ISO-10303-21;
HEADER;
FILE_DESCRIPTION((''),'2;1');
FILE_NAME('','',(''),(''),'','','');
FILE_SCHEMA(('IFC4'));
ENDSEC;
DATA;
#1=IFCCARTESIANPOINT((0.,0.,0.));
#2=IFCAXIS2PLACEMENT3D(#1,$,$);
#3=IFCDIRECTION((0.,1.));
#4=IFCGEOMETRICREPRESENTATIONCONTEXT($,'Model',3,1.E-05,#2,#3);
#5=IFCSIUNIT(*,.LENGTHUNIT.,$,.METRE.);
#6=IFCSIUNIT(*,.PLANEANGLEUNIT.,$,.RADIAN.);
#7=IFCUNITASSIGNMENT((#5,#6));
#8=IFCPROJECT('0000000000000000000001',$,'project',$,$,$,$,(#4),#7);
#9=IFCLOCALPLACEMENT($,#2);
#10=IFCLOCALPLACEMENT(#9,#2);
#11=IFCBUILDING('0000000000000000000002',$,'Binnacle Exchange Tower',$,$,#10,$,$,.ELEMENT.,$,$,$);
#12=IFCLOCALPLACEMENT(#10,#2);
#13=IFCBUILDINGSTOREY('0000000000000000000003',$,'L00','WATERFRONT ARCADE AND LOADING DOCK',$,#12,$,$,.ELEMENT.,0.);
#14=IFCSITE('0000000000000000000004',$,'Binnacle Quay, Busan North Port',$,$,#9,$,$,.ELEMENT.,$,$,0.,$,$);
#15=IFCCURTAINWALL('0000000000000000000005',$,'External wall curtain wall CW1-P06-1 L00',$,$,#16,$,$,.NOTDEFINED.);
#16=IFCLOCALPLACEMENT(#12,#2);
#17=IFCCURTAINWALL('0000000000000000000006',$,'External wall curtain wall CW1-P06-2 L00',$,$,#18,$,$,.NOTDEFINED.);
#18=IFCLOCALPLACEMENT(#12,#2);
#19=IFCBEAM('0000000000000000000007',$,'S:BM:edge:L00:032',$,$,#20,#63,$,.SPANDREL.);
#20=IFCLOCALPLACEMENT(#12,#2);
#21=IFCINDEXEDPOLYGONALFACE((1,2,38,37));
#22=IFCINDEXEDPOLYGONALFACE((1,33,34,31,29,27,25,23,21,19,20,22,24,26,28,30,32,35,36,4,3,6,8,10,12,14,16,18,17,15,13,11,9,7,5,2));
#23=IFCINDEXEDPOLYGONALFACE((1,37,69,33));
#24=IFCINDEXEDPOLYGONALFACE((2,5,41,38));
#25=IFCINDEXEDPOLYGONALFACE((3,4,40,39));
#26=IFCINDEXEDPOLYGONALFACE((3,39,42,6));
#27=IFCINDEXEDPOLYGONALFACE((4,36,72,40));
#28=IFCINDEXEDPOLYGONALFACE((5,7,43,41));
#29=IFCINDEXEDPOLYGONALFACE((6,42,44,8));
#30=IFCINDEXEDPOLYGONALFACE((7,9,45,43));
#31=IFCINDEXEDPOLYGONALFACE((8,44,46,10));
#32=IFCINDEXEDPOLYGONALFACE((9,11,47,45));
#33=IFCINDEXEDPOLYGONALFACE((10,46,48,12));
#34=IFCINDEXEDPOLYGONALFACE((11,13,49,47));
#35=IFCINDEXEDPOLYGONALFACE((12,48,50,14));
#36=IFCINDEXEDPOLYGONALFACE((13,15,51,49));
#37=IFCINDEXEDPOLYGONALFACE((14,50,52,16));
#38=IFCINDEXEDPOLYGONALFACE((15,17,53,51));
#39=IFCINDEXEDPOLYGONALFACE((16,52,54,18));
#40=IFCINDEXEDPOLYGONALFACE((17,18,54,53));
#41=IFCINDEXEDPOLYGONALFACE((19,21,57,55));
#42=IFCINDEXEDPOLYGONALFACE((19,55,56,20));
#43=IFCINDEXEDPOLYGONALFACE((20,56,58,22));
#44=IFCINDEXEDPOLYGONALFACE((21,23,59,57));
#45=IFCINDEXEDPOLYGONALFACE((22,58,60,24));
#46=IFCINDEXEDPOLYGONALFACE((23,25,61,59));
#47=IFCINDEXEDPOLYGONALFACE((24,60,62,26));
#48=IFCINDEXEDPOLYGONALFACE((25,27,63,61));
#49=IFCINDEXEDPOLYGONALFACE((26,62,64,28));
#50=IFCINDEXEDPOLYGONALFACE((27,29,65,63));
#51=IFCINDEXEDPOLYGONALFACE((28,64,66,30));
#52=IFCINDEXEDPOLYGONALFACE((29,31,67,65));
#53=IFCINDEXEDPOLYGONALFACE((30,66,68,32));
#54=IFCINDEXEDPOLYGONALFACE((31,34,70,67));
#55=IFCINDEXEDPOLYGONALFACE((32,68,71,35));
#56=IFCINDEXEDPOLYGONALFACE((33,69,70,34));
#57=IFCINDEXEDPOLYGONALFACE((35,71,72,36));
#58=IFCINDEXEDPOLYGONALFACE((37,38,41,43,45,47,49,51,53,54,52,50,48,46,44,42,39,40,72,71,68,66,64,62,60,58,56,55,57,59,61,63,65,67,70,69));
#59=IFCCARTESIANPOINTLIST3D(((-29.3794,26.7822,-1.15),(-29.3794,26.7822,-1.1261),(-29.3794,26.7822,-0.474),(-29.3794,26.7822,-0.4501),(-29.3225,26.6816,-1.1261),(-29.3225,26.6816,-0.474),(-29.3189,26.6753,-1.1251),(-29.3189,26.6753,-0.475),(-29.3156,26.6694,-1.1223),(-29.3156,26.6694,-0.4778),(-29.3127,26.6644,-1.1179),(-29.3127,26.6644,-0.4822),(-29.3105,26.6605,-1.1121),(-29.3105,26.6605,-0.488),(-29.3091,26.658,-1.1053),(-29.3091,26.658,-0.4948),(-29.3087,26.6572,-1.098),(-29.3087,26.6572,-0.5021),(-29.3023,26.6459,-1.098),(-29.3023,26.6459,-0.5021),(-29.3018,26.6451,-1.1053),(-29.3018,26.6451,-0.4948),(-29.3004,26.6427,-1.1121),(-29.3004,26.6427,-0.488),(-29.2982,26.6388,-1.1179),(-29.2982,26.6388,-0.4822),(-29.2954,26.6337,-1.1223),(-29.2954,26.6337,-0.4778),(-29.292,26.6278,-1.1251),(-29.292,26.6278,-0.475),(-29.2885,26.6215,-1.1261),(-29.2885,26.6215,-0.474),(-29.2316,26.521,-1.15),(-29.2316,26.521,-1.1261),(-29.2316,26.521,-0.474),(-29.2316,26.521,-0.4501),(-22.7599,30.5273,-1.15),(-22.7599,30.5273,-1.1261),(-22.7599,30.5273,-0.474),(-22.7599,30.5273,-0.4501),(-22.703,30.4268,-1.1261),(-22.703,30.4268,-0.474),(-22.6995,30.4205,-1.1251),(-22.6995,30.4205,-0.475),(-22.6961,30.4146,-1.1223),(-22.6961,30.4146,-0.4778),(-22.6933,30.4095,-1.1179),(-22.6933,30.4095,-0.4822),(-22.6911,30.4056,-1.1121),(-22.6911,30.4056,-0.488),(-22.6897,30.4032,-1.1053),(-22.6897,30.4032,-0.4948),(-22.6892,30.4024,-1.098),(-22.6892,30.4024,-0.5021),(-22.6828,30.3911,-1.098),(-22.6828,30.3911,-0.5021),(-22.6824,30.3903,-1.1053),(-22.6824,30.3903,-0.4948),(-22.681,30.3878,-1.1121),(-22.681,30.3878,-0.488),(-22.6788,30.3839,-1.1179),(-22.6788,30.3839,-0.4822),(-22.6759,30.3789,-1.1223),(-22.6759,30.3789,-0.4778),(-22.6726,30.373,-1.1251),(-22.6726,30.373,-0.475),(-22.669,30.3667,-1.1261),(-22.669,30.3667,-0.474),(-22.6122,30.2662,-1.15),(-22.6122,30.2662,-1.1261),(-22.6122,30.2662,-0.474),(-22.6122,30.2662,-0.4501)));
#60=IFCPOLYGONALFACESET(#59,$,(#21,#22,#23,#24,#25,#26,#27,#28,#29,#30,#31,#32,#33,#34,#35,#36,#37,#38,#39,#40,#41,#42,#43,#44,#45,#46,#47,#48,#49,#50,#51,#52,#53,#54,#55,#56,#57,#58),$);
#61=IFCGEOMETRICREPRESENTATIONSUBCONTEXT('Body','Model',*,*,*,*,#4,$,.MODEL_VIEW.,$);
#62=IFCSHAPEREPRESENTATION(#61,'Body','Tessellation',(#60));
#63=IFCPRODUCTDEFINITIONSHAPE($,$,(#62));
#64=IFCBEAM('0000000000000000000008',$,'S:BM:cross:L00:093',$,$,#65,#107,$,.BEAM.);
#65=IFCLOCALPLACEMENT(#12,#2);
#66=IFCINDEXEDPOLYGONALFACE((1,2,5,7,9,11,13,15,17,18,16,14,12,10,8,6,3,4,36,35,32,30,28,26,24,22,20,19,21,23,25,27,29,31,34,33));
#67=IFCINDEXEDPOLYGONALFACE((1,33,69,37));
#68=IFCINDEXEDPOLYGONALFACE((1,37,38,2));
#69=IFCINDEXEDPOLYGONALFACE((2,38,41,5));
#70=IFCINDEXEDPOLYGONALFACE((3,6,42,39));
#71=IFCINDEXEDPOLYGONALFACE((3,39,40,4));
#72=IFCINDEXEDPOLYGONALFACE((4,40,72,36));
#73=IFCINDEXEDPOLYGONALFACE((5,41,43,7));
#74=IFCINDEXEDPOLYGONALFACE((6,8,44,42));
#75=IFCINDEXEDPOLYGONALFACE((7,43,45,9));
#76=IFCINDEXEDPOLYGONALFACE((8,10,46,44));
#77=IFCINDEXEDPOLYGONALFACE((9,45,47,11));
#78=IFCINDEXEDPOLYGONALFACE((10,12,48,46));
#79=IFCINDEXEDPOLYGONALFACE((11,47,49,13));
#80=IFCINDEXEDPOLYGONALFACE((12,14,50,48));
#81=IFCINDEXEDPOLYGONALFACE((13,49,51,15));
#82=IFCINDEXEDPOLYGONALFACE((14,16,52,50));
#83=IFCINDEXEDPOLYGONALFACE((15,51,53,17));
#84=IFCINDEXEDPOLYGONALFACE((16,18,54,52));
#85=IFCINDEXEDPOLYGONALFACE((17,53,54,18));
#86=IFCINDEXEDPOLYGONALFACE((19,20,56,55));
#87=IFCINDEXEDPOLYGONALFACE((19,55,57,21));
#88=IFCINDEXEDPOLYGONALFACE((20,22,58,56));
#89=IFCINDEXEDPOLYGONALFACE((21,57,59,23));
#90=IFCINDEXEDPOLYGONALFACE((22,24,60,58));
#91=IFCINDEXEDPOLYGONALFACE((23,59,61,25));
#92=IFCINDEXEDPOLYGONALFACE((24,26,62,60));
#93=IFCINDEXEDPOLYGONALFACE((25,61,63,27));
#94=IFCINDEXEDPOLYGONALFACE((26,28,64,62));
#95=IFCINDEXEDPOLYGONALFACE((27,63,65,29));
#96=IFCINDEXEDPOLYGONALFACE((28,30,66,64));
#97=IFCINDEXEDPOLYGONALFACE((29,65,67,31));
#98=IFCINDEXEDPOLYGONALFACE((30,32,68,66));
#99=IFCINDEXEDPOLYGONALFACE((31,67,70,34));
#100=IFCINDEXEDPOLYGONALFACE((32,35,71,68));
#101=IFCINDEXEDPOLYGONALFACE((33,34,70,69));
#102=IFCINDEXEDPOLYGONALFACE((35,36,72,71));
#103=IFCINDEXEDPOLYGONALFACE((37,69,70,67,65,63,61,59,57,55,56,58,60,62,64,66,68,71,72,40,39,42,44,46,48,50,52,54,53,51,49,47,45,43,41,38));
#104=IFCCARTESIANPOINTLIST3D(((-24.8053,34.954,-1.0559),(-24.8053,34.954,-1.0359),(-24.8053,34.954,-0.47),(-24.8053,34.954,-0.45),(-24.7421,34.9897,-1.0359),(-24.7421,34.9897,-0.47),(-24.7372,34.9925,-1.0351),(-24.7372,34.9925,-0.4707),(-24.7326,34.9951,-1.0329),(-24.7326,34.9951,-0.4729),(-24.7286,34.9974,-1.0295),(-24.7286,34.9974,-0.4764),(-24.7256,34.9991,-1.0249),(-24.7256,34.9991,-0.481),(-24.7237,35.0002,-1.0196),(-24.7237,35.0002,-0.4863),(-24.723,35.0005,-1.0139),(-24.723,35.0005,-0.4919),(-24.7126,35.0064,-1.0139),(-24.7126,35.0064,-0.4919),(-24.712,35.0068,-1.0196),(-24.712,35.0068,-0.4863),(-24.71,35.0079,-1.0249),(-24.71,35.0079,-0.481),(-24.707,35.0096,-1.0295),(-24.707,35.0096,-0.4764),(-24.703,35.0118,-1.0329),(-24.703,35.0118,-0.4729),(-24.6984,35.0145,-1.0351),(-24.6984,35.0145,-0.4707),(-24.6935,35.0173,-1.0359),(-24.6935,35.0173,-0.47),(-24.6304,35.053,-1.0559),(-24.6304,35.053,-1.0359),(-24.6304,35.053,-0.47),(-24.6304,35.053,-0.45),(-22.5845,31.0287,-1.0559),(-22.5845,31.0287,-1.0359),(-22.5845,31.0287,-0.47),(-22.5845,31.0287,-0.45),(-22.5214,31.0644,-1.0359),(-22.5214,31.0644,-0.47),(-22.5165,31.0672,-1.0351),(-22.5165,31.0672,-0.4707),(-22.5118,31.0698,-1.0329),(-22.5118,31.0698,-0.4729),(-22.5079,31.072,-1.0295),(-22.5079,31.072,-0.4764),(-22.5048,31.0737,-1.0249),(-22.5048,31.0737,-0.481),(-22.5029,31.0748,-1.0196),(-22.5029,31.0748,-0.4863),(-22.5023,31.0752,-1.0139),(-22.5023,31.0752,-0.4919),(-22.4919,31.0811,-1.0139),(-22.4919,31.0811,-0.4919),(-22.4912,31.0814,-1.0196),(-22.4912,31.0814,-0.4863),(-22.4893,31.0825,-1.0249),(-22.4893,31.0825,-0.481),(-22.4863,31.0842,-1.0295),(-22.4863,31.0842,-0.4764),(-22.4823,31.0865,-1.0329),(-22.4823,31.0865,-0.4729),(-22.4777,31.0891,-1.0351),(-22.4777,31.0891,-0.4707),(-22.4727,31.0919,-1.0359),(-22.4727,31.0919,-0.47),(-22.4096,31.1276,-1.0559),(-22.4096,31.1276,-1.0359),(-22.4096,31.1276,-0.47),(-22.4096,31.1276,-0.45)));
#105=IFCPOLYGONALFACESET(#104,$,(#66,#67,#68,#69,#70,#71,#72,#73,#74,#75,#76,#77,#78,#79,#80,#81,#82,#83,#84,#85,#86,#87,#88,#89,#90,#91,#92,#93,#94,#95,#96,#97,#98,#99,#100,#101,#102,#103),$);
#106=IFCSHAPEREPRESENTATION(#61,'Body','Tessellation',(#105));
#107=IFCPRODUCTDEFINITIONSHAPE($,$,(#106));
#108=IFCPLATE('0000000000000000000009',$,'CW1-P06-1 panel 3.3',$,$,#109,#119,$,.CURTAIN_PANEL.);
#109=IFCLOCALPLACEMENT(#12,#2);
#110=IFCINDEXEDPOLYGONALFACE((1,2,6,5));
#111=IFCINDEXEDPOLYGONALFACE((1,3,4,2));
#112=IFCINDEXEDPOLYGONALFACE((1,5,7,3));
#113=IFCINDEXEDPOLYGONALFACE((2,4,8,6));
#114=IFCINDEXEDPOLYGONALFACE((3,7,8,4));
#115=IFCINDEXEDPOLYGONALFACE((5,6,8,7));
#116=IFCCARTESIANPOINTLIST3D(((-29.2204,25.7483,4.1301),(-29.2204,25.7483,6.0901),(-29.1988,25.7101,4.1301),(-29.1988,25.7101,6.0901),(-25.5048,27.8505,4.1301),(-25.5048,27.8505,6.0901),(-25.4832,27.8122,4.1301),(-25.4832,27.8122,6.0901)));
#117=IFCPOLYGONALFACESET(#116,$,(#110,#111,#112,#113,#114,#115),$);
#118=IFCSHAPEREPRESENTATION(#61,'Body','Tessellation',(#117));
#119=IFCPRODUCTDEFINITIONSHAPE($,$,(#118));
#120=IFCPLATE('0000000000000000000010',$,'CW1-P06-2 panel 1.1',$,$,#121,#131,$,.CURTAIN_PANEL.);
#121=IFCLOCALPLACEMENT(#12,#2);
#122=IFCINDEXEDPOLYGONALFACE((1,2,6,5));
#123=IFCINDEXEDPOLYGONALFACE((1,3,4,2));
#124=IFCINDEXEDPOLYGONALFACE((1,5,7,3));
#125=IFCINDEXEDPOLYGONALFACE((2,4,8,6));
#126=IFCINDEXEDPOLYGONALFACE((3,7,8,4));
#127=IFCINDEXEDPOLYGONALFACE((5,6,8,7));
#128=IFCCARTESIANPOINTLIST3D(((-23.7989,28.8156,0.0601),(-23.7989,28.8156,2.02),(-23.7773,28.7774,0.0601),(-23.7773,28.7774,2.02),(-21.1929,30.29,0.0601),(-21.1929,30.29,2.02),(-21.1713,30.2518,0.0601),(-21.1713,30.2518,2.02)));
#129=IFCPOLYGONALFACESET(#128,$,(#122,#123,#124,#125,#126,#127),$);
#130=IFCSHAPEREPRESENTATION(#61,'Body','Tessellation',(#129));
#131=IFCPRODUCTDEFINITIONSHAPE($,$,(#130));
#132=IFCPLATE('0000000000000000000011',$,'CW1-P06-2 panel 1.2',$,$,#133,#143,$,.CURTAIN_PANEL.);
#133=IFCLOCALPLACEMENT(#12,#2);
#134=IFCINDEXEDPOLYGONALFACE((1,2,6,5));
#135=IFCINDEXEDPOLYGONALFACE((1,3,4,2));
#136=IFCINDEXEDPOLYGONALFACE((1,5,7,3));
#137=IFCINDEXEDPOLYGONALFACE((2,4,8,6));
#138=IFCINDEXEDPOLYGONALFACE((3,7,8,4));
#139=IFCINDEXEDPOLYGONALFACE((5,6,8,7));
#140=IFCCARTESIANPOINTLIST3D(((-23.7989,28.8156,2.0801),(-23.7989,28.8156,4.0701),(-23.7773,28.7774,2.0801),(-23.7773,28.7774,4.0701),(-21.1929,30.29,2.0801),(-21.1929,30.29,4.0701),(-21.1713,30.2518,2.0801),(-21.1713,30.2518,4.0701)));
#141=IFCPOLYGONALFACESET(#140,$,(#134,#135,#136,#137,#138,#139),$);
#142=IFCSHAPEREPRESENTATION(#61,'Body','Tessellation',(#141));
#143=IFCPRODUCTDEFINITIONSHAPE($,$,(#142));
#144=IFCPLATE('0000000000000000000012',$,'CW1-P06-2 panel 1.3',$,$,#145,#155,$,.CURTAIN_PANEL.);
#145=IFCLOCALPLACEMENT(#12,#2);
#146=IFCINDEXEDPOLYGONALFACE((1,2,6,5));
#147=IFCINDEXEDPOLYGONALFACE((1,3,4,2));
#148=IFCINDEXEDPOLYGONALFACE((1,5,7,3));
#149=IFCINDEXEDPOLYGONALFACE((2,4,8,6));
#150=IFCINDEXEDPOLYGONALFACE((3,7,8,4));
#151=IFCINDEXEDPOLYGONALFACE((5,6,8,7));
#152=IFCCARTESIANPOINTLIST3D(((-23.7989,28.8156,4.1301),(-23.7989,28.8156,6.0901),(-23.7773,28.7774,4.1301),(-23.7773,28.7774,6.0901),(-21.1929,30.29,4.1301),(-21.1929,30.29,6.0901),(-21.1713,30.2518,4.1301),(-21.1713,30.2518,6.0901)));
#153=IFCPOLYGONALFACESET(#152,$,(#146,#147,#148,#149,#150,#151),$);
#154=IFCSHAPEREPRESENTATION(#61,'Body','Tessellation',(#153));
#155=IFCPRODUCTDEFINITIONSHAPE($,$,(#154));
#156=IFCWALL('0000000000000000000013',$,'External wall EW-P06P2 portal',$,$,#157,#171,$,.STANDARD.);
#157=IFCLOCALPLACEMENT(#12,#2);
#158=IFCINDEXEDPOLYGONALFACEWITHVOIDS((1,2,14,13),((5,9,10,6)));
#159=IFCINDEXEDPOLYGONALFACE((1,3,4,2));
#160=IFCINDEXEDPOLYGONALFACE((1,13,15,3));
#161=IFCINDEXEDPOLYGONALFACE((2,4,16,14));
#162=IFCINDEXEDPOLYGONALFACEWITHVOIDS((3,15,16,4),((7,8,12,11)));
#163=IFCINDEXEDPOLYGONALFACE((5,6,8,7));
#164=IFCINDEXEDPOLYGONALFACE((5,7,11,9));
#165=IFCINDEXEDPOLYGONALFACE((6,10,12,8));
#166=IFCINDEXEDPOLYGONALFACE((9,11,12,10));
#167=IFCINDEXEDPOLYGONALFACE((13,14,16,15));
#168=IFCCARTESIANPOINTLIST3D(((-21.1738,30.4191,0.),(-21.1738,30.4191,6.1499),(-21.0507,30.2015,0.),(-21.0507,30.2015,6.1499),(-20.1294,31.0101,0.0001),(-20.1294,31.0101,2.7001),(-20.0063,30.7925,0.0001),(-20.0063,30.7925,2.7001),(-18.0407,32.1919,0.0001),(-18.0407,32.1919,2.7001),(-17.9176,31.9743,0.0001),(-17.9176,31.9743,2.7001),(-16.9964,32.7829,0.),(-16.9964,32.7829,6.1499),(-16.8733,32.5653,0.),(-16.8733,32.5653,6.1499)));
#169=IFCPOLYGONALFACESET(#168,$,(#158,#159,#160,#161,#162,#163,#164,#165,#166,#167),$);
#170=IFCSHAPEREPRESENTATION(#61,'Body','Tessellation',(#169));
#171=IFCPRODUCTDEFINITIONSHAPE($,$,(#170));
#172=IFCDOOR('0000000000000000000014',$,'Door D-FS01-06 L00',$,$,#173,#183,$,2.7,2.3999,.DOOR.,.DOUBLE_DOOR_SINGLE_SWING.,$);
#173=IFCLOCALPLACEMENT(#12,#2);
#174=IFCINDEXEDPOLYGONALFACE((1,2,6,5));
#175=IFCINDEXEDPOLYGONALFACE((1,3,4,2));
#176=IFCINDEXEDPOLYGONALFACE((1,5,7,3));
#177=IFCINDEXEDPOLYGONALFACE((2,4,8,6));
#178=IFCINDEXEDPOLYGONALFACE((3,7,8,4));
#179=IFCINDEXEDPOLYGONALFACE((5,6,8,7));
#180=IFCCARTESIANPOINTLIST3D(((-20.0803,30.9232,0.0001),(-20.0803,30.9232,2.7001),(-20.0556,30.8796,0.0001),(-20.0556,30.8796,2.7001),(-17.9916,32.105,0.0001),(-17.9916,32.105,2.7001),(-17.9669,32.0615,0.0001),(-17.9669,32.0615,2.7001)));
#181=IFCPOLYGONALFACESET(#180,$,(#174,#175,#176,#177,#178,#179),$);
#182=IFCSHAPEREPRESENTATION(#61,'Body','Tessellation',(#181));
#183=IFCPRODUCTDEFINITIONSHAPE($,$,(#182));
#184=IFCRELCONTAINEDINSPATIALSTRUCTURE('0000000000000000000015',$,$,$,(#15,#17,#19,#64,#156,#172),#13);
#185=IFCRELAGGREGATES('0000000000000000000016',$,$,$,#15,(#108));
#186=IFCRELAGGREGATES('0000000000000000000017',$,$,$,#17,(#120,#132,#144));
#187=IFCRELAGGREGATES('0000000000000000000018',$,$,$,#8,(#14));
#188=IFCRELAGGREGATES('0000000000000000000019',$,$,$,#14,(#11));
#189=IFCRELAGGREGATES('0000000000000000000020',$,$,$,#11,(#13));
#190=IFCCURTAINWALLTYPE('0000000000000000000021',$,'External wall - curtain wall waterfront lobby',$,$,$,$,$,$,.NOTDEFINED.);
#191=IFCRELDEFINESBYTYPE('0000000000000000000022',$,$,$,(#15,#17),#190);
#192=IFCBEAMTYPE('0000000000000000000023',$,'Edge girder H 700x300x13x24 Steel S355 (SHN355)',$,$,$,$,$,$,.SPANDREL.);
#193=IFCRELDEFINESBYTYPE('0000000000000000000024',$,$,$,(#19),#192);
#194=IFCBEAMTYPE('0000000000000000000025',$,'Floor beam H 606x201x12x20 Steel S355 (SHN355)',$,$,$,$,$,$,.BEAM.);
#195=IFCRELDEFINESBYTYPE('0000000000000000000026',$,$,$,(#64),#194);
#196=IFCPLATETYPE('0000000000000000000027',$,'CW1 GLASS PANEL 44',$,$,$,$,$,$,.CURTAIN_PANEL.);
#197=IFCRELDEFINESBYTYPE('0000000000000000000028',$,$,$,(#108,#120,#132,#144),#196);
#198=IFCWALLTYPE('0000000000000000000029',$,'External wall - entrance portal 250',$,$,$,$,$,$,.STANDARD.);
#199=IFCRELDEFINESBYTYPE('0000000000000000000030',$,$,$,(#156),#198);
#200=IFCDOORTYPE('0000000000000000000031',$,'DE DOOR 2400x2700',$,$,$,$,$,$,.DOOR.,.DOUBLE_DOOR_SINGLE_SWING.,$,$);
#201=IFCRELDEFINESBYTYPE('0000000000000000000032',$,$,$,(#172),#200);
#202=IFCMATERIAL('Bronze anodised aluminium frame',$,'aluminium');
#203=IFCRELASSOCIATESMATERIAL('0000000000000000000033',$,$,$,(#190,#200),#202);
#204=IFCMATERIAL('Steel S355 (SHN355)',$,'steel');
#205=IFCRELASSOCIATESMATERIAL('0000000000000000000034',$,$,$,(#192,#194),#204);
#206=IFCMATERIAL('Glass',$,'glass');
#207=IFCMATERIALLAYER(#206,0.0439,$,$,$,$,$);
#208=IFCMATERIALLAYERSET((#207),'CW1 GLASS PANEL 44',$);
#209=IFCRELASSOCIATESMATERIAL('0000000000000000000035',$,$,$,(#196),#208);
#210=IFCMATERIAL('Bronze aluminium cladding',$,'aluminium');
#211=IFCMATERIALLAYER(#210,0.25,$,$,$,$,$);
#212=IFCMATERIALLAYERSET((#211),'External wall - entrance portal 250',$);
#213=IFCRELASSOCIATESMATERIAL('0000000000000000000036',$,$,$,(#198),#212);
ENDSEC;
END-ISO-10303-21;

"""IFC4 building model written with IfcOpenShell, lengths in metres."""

from ifc_helpers import new_model, si_unit, direction, frame, frame_2d, origin, origin_2d, place, context, subcontext, project, spatial, rectangle, i_section, extrude, material, layer, layer_set, material_profile, profile_set, type_object, element, fill, aggregate, save


model = new_model("IFC4")

# Units and contexts
model_context = context("Model", 3, precision=1e-05, world=origin(), true_north=direction((0.0, 1.0)))
body_context = subcontext(model_context, "Body", "Model", "MODEL_VIEW")
ifc_project = project(units=[si_unit("LENGTHUNIT", "METRE"), si_unit("PLANEANGLEUNIT", "RADIAN")], contexts=[model_context])

# Site, building, storey
site_placement = place(None, origin())
site = spatial("IfcSite", under=ifc_project, at=site_placement, Name="Binnacle Quay, Busan North Port", CompositionType="ELEMENT", RefElevation=0.0)
building_placement = place(site_placement, origin())
building = spatial("IfcBuilding", under=site, at=building_placement, Name="Binnacle Exchange Tower", CompositionType="ELEMENT")
storey_placement = place(building_placement, origin())
storey = spatial("IfcBuildingStorey", under=building, at=storey_placement, Name="L00", Description="WATERFRONT ARCADE AND LOADING DOCK", CompositionType="ELEMENT", Elevation=0.0)

# Curtain wall
ifc_material_1 = material(Name="Bronze anodised aluminium frame", Category="aluminium")
curtain_wall_type = type_object("IfcCurtainWallType", Name="External wall - curtain wall waterfront lobby", PredefinedType="NOTDEFINED", material=ifc_material_1)
curtain_wall_1_placement = place(storey_placement, origin())
curtain_wall_1 = element("IfcCurtainWall", 1, at=curtain_wall_1_placement, inside=storey, type_object=curtain_wall_type, Name="External wall curtain wall CW1-P06-1 L00", PredefinedType="NOTDEFINED")

# Curtain wall
curtain_wall_2_placement = place(storey_placement, origin())
curtain_wall_2 = element("IfcCurtainWall", 2, at=curtain_wall_2_placement, inside=storey, type_object=curtain_wall_type, Name="External wall curtain wall CW1-P06-2 L00", PredefinedType="NOTDEFINED")

# Beams
ifc_material_2 = material(Name="Steel S355 (SHN355)", Category="steel")
ifc_material_profile_1 = material_profile(ifc_material_2, i_section(OverallWidth=0.3, OverallDepth=0.7, WebThickness=0.0129, FlangeThickness=0.0239, FilletRadius=0.0281, at=origin_2d()), Name="H 700x300x13x24")
ifc_profile_set_1 = profile_set([ifc_material_profile_1], Name="Steel S355 (SHN355)")
beam_type_1 = type_object("IfcBeamType", Name="Edge girder H 700x300x13x24 Steel S355 (SHN355)", PredefinedType="SPANDREL", material=ifc_profile_set_1)
beam_1_placement = place(storey_placement, frame((-22.686, 30.3967, -0.8), z_axis=(-0.870353, -0.492428, 0.0), x_axis=(0.492428, -0.870353, 0.0)))
element("IfcBeam", 3, at=beam_1_placement, inside=storey, type_object=beam_type_1, Name="S:BM:edge:L00:032", PredefinedType="SPANDREL", context=body_context, shape_type="SweptSolid", body=[
    extrude(i_section(OverallWidth=0.3, OverallDepth=0.7, WebThickness=0.0129, FlangeThickness=0.0239, FilletRadius=0.0281, at=origin_2d()), origin(), (0.0, 0.0, 1.0), 7.6055),
])
ifc_material_profile_2 = material_profile(ifc_material_2, i_section(OverallWidth=0.2009, OverallDepth=0.606, WebThickness=0.012, FlangeThickness=0.02, FilletRadius=0.022, at=origin_2d()), Name="H 606x201x12x20")
ifc_profile_set_2 = profile_set([ifc_material_profile_2], Name="Steel S355 (SHN355)")
beam_type_2 = type_object("IfcBeamType", Name="Floor beam H 606x201x12x20 Steel S355 (SHN355)", PredefinedType="BEAM", material=ifc_profile_set_2)
beam_2_placement = place(storey_placement, frame((-22.4971, 31.0781, -0.7529), z_axis=(-0.492403, 0.870367, 0.0), x_axis=(-0.870367, -0.492403, 0.0)))
element("IfcBeam", 4, at=beam_2_placement, inside=storey, type_object=beam_type_2, Name="S:BM:cross:L00:093", PredefinedType="BEAM", context=body_context, shape_type="SweptSolid", body=[
    extrude(i_section(OverallWidth=0.2009, OverallDepth=0.606, WebThickness=0.012, FlangeThickness=0.02, FilletRadius=0.022, at=origin_2d()), origin(), (0.0, 0.0, 1.0), 4.51),
])

# Plates
ifc_material_3 = material(Name="Glass", Category="glass")
ifc_layer_1 = layer(ifc_material_3, 0.0439)
ifc_layer_set_1 = layer_set([ifc_layer_1], Name="CW1 GLASS PANEL 44")
plate_type = type_object("IfcPlateType", Name="CW1 GLASS PANEL 44", PredefinedType="CURTAIN_PANEL", material=ifc_layer_set_1)
plate_1_placement = place(storey_placement, frame((-27.3518, 26.7803, 4.1301), z_axis=(0.0, 0.0, 1.0), x_axis=(0.870356, 0.492424, 0.0)))
plate_1 = element("IfcPlate", 5, at=plate_1_placement, type_object=plate_type, Name="CW1-P06-1 panel 3.3", PredefinedType="CURTAIN_PANEL", context=body_context, shape_type="SweptSolid", body=[
    extrude(rectangle(XDim=4.269, YDim=0.0439, at=origin_2d()), origin(), (0.0, 0.0, 1.0), 1.96),
])
aggregate(curtain_wall_1, [plate_1])
plate_2_placement = place(storey_placement, frame((-22.4851, 29.5337, 0.0601), z_axis=(0.0, 0.0, 1.0), x_axis=(0.870356, 0.492424, 0.0)))
plate_2 = element("IfcPlate", 6, at=plate_2_placement, type_object=plate_type, Name="CW1-P06-2 panel 1.1", PredefinedType="CURTAIN_PANEL", context=body_context, shape_type="SweptSolid", body=[
    extrude(rectangle(XDim=2.9941, YDim=0.0439, at=origin_2d()), origin(), (0.0, 0.0, 1.0), 1.96),
])
plate_3_placement = place(storey_placement, frame((-22.4851, 29.5337, 2.0801), z_axis=(0.0, 0.0, 1.0), x_axis=(0.870356, 0.492424, 0.0)))
plate_3 = element("IfcPlate", 7, at=plate_3_placement, type_object=plate_type, Name="CW1-P06-2 panel 1.2", PredefinedType="CURTAIN_PANEL", context=body_context, shape_type="SweptSolid", body=[
    extrude(rectangle(XDim=2.9941, YDim=0.0439, at=origin_2d()), origin(), (0.0, 0.0, 1.0), 1.99),
])
plate_4_placement = place(storey_placement, frame((-22.4851, 29.5337, 4.1301), z_axis=(0.0, 0.0, 1.0), x_axis=(0.870356, 0.492424, 0.0)))
plate_4 = element("IfcPlate", 8, at=plate_4_placement, type_object=plate_type, Name="CW1-P06-2 panel 1.3", PredefinedType="CURTAIN_PANEL", context=body_context, shape_type="SweptSolid", body=[
    extrude(rectangle(XDim=2.9941, YDim=0.0439, at=origin_2d()), origin(), (0.0, 0.0, 1.0), 1.96),
])
aggregate(curtain_wall_2, [plate_2, plate_3, plate_4])

# Wall, opening, door
ifc_material_4 = material(Name="Bronze aluminium cladding", Category="aluminium")
ifc_layer_2 = layer(ifc_material_4, 0.25)
ifc_layer_set_2 = layer_set([ifc_layer_2], Name="External wall - entrance portal 250")
wall_type = type_object("IfcWallType", Name="External wall - entrance portal 250", PredefinedType="STANDARD", material=ifc_layer_set_2)
wall_1_placement = place(storey_placement, frame((-16.9348, 32.6741, 0.0), z_axis=(0.0, 0.0, 1.0), x_axis=(-0.870333, -0.492464, 0.0)))
wall_1 = element("IfcWall", 9, at=wall_1_placement, inside=storey, type_object=wall_type, Name="External wall EW-P06P2 portal", PredefinedType="STANDARD", context=body_context, shape_type="SweptSolid", body=[
    extrude(rectangle(XDim=4.7998, YDim=0.25, at=frame_2d((2.3999, 0.0))), origin(), (0.0, 0.0, 1.0), 6.1499),
])
opening_1_placement = place(wall_1_placement, frame((1.2, 0.0, 0.0)))
opening_1 = element("IfcOpeningElement", 10, at=opening_1_placement, cuts=wall_1, PredefinedType="OPENING", context=body_context, shape_type="SweptSolid", body=[
    extrude(rectangle(XDim=2.3999, YDim=2.7, at=frame_2d((1.2, 1.3501))), frame((0.0, 0.135, 0.0), z_axis=(0.0, -1.0, 0.0), x_axis=(1.0, 0.0, 0.0)), (0.0, 0.0, 1.0), 0.27),
])
door_type_1 = type_object("IfcDoorType", Name="DE DOOR 2400x2700", OperationType="DOUBLE_DOOR_SINGLE_SWING", PredefinedType="DOOR", material=ifc_material_1)
door_1_placement = place(opening_1_placement, origin())
door_1 = element("IfcDoor", 11, at=door_1_placement, inside=storey, type_object=door_type_1, Name="Door D-FS01-06 L00", OperationType="DOUBLE_DOOR_SINGLE_SWING", OverallHeight=2.7, OverallWidth=2.3999, PredefinedType="DOOR", context=body_context, shape_type="SweptSolid", body=[
    extrude(rectangle(XDim=2.3999, YDim=2.7, at=frame_2d((1.2, 1.3501))), frame((0.0, 0.0249, 0.0), z_axis=(0.0, -1.0, 0.0), x_axis=(1.0, 0.0, 0.0)), (0.0, 0.0, 1.0), 0.05),
])
fill(opening_1, door_1)

save(model, "model.ifc")
